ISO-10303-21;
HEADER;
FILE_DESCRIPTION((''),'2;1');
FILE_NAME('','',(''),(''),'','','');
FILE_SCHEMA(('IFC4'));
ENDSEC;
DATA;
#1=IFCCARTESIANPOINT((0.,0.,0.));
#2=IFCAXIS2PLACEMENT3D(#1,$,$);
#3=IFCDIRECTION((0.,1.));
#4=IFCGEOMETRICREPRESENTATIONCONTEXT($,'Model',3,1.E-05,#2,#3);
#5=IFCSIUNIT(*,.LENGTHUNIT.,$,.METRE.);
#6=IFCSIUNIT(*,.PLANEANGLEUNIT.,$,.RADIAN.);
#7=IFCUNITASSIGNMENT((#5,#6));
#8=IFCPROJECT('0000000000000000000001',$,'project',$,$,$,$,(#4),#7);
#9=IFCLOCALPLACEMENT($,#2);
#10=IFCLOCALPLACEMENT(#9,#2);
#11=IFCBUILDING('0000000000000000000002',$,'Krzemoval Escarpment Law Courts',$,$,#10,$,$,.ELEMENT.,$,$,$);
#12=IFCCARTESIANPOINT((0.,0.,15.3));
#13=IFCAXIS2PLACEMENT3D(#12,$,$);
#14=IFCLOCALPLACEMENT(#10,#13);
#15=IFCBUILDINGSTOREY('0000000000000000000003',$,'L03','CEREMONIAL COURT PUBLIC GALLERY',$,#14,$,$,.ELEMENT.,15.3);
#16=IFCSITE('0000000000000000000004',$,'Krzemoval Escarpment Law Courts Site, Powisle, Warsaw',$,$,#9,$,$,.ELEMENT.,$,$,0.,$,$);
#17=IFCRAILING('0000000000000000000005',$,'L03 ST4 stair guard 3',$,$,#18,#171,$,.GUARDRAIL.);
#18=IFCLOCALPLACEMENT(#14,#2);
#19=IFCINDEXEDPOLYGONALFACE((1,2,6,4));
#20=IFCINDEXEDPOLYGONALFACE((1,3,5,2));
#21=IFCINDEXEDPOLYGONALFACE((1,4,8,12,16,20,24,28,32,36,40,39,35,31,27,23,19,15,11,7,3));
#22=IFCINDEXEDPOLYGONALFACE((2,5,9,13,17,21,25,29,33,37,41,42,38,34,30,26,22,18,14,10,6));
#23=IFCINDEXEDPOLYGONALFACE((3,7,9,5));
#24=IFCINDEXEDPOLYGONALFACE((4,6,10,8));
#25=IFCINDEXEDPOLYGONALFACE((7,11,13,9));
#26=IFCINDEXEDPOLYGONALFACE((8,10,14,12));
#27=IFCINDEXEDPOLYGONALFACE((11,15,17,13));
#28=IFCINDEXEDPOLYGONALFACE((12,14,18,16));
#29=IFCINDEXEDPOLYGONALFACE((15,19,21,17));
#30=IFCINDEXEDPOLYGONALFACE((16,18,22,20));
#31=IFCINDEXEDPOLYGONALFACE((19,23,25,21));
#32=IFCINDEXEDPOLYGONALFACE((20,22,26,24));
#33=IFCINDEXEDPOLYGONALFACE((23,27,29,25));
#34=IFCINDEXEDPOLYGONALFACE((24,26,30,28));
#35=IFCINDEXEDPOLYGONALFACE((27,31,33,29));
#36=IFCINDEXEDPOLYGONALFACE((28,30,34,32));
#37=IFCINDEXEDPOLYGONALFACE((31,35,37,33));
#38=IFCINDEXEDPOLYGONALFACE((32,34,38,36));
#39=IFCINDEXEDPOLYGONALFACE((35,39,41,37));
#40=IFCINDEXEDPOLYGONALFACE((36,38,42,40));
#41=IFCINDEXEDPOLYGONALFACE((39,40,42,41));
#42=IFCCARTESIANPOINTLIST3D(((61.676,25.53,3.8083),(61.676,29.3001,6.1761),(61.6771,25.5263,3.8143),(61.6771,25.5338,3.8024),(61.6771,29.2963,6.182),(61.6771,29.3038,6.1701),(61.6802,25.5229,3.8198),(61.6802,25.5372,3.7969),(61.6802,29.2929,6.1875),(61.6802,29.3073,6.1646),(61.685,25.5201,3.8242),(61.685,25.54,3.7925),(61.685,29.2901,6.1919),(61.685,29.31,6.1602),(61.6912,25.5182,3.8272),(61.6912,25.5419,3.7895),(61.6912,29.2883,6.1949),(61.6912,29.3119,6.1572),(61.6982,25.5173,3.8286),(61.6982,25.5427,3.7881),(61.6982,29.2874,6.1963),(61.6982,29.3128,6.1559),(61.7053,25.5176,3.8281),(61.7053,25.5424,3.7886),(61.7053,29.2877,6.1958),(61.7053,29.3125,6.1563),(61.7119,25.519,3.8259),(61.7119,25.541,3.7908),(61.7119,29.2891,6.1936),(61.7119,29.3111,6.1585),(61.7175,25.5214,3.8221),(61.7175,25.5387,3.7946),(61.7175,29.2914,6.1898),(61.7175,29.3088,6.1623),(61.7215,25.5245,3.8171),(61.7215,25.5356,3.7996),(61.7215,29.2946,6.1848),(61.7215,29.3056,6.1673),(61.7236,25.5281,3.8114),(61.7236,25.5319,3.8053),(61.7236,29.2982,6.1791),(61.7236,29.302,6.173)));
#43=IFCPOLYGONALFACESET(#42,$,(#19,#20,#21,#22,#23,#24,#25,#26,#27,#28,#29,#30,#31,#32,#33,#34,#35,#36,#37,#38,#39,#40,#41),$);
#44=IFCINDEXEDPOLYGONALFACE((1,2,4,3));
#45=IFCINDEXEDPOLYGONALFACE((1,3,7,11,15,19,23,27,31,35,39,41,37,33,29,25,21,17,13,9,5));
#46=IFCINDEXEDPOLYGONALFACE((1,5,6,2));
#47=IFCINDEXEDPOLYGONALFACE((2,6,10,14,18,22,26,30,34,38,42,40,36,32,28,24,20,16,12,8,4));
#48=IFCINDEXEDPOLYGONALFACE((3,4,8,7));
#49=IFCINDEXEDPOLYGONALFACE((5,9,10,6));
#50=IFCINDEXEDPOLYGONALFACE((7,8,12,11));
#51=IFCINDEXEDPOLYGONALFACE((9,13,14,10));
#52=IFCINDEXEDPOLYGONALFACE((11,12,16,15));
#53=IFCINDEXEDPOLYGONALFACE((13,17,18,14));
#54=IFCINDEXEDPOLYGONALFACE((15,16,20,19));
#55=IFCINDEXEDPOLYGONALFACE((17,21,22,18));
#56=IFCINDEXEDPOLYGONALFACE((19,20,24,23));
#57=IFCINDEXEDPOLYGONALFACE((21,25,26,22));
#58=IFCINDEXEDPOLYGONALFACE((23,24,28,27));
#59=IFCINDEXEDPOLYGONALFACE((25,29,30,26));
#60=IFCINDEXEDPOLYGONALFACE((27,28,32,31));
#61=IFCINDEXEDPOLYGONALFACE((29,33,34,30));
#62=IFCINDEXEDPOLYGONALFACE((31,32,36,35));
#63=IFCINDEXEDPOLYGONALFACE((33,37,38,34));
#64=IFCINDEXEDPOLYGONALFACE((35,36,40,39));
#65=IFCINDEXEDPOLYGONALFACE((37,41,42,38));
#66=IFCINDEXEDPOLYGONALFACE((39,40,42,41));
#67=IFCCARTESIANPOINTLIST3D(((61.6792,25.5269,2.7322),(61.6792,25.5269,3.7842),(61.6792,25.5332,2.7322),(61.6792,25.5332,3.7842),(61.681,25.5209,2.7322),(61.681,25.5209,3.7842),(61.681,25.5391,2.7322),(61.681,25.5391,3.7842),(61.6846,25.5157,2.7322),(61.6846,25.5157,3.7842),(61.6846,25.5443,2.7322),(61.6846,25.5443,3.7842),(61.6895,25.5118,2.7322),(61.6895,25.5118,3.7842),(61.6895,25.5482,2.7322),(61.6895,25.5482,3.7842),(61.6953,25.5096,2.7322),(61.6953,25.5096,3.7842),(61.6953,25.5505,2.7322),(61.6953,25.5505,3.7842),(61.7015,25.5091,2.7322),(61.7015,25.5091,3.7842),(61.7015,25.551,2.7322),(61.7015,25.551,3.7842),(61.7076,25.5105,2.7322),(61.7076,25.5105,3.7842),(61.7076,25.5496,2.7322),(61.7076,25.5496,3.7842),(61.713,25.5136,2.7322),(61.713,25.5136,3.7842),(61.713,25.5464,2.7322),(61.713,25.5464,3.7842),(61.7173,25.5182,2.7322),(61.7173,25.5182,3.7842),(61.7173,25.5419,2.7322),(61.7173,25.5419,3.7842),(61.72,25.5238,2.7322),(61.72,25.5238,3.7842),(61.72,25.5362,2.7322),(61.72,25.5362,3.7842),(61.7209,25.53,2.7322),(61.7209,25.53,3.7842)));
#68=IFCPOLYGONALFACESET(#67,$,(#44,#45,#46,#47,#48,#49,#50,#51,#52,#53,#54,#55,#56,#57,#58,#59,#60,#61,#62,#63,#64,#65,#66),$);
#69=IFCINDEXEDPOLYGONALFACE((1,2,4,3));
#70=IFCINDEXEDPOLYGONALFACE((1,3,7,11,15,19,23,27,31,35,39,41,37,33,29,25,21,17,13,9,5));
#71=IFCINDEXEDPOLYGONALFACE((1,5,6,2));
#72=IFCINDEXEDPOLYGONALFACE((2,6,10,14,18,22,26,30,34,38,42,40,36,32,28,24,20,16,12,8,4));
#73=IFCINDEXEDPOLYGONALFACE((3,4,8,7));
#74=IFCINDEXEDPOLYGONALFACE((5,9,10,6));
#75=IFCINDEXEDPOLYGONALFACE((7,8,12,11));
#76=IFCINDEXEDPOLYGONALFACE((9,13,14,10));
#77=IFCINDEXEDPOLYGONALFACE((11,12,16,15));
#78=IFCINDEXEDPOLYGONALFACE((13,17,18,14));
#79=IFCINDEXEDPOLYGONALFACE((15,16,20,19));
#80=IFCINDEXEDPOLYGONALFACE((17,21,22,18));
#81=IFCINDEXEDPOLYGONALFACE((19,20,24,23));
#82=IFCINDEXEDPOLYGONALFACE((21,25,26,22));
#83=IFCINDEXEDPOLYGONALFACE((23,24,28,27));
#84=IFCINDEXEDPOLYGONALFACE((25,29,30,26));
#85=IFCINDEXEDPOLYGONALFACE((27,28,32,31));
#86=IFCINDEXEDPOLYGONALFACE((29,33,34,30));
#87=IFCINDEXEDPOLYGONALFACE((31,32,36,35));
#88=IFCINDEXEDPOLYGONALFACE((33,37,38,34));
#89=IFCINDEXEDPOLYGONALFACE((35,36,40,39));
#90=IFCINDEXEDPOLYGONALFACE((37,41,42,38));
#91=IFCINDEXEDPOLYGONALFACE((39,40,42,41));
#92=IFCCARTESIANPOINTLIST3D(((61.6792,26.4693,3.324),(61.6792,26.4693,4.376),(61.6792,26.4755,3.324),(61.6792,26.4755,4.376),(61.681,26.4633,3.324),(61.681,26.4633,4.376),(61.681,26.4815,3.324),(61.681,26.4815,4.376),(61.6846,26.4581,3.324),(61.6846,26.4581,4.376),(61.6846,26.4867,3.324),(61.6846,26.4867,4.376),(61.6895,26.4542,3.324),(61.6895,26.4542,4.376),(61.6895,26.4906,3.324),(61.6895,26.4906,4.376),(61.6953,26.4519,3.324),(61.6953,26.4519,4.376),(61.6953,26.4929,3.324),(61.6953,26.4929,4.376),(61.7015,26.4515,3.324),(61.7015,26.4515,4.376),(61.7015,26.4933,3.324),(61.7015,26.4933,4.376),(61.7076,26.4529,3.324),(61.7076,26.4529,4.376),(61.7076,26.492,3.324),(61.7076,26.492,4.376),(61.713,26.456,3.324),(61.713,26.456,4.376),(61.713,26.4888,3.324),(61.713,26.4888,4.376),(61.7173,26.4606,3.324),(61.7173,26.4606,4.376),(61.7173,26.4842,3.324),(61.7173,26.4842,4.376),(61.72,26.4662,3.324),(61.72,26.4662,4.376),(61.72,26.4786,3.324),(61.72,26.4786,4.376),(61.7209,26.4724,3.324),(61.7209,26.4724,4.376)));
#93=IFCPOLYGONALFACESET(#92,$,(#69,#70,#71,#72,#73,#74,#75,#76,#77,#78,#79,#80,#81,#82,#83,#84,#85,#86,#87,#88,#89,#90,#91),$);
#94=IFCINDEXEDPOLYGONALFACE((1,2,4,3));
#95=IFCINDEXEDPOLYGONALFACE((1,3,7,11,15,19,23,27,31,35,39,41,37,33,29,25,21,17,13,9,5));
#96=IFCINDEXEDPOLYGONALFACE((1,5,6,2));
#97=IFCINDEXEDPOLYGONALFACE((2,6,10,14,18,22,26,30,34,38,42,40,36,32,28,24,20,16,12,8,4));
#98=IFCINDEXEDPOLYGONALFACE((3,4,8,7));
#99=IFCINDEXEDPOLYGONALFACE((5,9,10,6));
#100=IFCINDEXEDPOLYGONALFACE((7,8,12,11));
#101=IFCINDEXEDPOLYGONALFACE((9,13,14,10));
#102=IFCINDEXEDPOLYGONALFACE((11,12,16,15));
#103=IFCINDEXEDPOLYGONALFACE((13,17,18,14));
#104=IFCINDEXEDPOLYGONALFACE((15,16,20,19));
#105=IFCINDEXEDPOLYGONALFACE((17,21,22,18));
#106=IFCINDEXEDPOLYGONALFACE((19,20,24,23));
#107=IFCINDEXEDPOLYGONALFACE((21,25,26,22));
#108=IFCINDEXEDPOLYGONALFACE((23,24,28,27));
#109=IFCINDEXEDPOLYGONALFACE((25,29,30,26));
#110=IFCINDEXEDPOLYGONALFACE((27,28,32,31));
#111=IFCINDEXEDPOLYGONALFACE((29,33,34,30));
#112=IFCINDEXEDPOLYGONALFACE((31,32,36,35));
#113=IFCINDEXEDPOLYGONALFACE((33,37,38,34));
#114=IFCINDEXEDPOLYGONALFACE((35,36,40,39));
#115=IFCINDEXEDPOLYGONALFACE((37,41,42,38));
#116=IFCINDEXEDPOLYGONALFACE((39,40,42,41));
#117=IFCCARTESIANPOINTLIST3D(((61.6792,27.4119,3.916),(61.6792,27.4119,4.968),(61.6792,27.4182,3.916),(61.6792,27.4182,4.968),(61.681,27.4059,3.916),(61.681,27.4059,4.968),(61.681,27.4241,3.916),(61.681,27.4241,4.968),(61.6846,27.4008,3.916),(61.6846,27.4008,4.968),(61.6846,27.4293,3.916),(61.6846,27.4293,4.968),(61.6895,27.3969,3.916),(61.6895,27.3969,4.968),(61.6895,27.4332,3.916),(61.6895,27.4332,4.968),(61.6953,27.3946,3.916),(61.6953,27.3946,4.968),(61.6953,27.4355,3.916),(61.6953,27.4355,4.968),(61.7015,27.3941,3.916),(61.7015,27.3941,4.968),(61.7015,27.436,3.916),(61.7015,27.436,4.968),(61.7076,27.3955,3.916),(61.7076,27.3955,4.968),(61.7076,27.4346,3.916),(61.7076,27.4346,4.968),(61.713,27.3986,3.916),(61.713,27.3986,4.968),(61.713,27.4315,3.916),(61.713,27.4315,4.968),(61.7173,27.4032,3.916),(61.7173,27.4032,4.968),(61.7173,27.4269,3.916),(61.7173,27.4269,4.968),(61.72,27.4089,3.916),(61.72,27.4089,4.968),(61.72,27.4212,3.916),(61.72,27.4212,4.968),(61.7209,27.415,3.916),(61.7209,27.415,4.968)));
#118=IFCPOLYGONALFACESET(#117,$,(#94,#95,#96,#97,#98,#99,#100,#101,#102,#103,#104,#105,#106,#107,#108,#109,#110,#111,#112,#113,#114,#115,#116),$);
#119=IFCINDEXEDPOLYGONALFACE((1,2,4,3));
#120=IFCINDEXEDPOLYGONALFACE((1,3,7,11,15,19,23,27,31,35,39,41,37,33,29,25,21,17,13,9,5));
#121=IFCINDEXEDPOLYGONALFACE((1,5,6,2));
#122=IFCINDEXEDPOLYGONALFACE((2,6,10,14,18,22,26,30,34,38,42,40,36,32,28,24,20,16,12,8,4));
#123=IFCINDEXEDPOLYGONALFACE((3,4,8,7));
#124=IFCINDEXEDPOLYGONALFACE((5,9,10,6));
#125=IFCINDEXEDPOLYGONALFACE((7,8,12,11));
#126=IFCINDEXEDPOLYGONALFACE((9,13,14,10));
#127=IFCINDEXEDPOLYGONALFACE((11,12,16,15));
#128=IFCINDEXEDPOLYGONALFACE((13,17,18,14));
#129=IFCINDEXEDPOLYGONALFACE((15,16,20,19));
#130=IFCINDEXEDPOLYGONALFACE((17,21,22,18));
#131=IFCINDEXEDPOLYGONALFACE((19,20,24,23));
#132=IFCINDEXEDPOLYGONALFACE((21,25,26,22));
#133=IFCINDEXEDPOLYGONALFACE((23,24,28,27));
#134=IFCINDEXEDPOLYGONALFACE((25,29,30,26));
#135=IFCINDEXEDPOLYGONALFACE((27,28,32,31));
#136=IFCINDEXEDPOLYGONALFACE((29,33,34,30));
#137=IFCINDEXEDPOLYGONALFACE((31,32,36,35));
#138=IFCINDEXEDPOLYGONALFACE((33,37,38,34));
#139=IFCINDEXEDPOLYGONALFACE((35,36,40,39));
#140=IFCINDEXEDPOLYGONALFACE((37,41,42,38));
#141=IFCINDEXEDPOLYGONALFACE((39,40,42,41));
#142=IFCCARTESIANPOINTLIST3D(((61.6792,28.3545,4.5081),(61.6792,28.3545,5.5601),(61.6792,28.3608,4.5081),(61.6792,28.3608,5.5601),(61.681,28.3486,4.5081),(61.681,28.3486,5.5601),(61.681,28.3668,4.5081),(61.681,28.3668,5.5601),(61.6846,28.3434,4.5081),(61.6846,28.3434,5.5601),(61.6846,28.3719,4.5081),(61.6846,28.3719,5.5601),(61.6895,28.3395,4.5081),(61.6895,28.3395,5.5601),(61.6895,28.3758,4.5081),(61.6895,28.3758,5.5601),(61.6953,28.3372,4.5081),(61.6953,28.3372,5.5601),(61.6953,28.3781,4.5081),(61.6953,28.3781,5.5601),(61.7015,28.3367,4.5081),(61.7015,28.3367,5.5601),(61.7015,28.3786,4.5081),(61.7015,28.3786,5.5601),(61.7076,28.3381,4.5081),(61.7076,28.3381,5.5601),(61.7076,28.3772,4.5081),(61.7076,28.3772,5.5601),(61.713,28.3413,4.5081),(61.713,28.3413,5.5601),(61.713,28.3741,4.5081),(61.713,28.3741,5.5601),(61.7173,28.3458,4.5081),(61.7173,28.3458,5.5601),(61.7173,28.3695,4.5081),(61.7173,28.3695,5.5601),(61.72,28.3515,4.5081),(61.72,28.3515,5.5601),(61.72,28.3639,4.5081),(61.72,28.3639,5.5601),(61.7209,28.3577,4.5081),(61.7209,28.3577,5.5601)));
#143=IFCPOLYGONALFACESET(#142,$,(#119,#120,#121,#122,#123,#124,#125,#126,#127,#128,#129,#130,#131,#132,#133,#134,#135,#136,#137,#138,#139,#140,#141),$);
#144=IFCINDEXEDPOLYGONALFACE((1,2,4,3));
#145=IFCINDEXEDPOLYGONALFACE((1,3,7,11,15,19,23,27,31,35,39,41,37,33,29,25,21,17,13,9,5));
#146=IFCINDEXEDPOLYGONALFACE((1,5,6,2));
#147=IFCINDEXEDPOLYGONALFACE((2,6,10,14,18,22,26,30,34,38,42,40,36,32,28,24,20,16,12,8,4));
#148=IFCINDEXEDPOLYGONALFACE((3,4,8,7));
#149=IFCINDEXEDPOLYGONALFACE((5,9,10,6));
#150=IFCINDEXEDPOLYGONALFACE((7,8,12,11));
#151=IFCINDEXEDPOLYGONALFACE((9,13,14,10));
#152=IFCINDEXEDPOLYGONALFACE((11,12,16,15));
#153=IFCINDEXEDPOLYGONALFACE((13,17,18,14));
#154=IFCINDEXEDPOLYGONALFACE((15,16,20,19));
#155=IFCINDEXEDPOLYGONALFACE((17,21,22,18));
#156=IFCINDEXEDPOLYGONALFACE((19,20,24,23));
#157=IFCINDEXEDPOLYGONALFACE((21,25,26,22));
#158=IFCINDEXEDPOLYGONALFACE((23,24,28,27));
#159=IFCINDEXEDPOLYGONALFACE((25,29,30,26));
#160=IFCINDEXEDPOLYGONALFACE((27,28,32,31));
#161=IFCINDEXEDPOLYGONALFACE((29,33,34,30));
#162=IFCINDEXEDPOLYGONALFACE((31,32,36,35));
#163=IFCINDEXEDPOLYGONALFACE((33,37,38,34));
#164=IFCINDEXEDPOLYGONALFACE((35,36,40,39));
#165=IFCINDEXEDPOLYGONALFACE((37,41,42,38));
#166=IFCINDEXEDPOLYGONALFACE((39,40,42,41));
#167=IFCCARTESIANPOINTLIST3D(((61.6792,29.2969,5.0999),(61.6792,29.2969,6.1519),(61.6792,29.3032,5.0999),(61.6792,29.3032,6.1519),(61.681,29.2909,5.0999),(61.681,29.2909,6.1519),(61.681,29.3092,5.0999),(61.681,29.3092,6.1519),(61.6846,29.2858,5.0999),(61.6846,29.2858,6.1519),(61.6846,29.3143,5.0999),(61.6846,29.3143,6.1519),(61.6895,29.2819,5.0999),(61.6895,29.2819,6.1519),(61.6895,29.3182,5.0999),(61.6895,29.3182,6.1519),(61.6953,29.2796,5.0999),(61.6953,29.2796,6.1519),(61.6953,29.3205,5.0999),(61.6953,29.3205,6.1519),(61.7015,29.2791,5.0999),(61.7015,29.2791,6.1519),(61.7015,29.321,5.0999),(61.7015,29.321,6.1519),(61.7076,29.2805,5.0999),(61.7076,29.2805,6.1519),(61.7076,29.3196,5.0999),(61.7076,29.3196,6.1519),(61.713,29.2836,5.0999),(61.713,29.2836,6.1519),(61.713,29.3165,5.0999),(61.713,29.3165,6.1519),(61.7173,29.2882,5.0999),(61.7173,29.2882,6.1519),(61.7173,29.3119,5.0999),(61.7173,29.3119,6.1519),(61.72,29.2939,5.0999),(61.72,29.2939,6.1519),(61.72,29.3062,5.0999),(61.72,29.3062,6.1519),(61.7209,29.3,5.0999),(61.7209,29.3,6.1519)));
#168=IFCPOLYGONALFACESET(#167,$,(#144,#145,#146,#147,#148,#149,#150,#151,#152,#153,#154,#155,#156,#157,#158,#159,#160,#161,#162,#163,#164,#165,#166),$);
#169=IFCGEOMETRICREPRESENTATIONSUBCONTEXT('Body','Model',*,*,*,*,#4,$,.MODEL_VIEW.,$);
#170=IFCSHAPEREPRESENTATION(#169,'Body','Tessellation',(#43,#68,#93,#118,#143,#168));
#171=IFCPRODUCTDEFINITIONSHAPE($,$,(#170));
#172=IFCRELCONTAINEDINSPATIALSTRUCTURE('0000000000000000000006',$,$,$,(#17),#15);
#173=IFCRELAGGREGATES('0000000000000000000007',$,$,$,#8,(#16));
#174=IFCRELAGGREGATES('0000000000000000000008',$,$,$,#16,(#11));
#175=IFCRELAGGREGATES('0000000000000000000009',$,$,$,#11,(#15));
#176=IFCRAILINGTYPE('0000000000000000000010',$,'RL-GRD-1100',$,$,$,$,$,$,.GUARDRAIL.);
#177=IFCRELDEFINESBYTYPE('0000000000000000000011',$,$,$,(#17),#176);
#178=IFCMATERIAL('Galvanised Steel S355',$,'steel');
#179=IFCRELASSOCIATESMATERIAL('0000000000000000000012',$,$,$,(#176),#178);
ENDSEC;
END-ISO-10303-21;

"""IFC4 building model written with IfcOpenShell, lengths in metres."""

from ifc_helpers import new_model, si_unit, direction, frame, origin, origin_2d, place, context, subcontext, project, spatial, circle, extrude, material, type_object, element, save


model = new_model("IFC4")

# Units and contexts
model_context = context("Model", 3, precision=1e-05, world=origin(), true_north=direction((0.0, 1.0)))
body_context = subcontext(model_context, "Body", "Model", "MODEL_VIEW")
ifc_project = project(units=[si_unit("LENGTHUNIT", "METRE"), si_unit("PLANEANGLEUNIT", "RADIAN")], contexts=[model_context])

# Site, building, storey
site_placement = place(None, origin())
site = spatial("IfcSite", under=ifc_project, at=site_placement, Name="Krzemoval Escarpment Law Courts Site, Powisle, Warsaw", CompositionType="ELEMENT", RefElevation=0.0)
building_placement = place(site_placement, origin())
building = spatial("IfcBuilding", under=site, at=building_placement, Name="Krzemoval Escarpment Law Courts", CompositionType="ELEMENT")
storey_placement = place(building_placement, frame((0.0, 0.0, 15.3)))
storey = spatial("IfcBuildingStorey", under=building, at=storey_placement, Name="L03", Description="CEREMONIAL COURT PUBLIC GALLERY", CompositionType="ELEMENT", Elevation=15.3)

# Railing
ifc_material_1 = material(Name="Galvanised Steel S355", Category="steel")
railing_type_1 = type_object("IfcRailingType", Name="RL-GRD-1100", PredefinedType="GUARDRAIL", material=ifc_material_1)
railing_1_placement = place(storey_placement, frame((61.7, 25.53, 2.7322)))
element("IfcRailing", 1, at=railing_1_placement, inside=storey, type_object=railing_type_1, Name="L03 ST4 stair guard 3", PredefinedType="GUARDRAIL", context=body_context, shape_type="SweptSolid", body=[
    extrude(circle(Radius=0.0239, at=origin_2d()), frame((0.0, 0.0, 1.0762), z_axis=(0.0, 0.846844, 0.531841), x_axis=(-1.0, 0.0, 0.0)), (0.0, 0.0, 1.0), 4.4519),
    extrude(circle(Radius=0.021, at=origin_2d()), origin(), (0.0, 0.0, 1.0), 1.052),
    extrude(circle(Radius=0.021, at=origin_2d()), frame((0.0, 0.9424, 0.5918)), (0.0, 0.0, 1.0), 1.052),
    extrude(circle(Radius=0.021, at=origin_2d()), frame((0.0, 1.885, 1.1838)), (0.0, 0.0, 1.0), 1.052),
    extrude(circle(Radius=0.021, at=origin_2d()), frame((0.0, 2.8276, 1.7759)), (0.0, 0.0, 1.0), 1.052),
    extrude(circle(Radius=0.021, at=origin_2d()), frame((0.0, 3.77, 2.3677)), (0.0, 0.0, 1.0), 1.052),
])

save(model, "model.ifc")
